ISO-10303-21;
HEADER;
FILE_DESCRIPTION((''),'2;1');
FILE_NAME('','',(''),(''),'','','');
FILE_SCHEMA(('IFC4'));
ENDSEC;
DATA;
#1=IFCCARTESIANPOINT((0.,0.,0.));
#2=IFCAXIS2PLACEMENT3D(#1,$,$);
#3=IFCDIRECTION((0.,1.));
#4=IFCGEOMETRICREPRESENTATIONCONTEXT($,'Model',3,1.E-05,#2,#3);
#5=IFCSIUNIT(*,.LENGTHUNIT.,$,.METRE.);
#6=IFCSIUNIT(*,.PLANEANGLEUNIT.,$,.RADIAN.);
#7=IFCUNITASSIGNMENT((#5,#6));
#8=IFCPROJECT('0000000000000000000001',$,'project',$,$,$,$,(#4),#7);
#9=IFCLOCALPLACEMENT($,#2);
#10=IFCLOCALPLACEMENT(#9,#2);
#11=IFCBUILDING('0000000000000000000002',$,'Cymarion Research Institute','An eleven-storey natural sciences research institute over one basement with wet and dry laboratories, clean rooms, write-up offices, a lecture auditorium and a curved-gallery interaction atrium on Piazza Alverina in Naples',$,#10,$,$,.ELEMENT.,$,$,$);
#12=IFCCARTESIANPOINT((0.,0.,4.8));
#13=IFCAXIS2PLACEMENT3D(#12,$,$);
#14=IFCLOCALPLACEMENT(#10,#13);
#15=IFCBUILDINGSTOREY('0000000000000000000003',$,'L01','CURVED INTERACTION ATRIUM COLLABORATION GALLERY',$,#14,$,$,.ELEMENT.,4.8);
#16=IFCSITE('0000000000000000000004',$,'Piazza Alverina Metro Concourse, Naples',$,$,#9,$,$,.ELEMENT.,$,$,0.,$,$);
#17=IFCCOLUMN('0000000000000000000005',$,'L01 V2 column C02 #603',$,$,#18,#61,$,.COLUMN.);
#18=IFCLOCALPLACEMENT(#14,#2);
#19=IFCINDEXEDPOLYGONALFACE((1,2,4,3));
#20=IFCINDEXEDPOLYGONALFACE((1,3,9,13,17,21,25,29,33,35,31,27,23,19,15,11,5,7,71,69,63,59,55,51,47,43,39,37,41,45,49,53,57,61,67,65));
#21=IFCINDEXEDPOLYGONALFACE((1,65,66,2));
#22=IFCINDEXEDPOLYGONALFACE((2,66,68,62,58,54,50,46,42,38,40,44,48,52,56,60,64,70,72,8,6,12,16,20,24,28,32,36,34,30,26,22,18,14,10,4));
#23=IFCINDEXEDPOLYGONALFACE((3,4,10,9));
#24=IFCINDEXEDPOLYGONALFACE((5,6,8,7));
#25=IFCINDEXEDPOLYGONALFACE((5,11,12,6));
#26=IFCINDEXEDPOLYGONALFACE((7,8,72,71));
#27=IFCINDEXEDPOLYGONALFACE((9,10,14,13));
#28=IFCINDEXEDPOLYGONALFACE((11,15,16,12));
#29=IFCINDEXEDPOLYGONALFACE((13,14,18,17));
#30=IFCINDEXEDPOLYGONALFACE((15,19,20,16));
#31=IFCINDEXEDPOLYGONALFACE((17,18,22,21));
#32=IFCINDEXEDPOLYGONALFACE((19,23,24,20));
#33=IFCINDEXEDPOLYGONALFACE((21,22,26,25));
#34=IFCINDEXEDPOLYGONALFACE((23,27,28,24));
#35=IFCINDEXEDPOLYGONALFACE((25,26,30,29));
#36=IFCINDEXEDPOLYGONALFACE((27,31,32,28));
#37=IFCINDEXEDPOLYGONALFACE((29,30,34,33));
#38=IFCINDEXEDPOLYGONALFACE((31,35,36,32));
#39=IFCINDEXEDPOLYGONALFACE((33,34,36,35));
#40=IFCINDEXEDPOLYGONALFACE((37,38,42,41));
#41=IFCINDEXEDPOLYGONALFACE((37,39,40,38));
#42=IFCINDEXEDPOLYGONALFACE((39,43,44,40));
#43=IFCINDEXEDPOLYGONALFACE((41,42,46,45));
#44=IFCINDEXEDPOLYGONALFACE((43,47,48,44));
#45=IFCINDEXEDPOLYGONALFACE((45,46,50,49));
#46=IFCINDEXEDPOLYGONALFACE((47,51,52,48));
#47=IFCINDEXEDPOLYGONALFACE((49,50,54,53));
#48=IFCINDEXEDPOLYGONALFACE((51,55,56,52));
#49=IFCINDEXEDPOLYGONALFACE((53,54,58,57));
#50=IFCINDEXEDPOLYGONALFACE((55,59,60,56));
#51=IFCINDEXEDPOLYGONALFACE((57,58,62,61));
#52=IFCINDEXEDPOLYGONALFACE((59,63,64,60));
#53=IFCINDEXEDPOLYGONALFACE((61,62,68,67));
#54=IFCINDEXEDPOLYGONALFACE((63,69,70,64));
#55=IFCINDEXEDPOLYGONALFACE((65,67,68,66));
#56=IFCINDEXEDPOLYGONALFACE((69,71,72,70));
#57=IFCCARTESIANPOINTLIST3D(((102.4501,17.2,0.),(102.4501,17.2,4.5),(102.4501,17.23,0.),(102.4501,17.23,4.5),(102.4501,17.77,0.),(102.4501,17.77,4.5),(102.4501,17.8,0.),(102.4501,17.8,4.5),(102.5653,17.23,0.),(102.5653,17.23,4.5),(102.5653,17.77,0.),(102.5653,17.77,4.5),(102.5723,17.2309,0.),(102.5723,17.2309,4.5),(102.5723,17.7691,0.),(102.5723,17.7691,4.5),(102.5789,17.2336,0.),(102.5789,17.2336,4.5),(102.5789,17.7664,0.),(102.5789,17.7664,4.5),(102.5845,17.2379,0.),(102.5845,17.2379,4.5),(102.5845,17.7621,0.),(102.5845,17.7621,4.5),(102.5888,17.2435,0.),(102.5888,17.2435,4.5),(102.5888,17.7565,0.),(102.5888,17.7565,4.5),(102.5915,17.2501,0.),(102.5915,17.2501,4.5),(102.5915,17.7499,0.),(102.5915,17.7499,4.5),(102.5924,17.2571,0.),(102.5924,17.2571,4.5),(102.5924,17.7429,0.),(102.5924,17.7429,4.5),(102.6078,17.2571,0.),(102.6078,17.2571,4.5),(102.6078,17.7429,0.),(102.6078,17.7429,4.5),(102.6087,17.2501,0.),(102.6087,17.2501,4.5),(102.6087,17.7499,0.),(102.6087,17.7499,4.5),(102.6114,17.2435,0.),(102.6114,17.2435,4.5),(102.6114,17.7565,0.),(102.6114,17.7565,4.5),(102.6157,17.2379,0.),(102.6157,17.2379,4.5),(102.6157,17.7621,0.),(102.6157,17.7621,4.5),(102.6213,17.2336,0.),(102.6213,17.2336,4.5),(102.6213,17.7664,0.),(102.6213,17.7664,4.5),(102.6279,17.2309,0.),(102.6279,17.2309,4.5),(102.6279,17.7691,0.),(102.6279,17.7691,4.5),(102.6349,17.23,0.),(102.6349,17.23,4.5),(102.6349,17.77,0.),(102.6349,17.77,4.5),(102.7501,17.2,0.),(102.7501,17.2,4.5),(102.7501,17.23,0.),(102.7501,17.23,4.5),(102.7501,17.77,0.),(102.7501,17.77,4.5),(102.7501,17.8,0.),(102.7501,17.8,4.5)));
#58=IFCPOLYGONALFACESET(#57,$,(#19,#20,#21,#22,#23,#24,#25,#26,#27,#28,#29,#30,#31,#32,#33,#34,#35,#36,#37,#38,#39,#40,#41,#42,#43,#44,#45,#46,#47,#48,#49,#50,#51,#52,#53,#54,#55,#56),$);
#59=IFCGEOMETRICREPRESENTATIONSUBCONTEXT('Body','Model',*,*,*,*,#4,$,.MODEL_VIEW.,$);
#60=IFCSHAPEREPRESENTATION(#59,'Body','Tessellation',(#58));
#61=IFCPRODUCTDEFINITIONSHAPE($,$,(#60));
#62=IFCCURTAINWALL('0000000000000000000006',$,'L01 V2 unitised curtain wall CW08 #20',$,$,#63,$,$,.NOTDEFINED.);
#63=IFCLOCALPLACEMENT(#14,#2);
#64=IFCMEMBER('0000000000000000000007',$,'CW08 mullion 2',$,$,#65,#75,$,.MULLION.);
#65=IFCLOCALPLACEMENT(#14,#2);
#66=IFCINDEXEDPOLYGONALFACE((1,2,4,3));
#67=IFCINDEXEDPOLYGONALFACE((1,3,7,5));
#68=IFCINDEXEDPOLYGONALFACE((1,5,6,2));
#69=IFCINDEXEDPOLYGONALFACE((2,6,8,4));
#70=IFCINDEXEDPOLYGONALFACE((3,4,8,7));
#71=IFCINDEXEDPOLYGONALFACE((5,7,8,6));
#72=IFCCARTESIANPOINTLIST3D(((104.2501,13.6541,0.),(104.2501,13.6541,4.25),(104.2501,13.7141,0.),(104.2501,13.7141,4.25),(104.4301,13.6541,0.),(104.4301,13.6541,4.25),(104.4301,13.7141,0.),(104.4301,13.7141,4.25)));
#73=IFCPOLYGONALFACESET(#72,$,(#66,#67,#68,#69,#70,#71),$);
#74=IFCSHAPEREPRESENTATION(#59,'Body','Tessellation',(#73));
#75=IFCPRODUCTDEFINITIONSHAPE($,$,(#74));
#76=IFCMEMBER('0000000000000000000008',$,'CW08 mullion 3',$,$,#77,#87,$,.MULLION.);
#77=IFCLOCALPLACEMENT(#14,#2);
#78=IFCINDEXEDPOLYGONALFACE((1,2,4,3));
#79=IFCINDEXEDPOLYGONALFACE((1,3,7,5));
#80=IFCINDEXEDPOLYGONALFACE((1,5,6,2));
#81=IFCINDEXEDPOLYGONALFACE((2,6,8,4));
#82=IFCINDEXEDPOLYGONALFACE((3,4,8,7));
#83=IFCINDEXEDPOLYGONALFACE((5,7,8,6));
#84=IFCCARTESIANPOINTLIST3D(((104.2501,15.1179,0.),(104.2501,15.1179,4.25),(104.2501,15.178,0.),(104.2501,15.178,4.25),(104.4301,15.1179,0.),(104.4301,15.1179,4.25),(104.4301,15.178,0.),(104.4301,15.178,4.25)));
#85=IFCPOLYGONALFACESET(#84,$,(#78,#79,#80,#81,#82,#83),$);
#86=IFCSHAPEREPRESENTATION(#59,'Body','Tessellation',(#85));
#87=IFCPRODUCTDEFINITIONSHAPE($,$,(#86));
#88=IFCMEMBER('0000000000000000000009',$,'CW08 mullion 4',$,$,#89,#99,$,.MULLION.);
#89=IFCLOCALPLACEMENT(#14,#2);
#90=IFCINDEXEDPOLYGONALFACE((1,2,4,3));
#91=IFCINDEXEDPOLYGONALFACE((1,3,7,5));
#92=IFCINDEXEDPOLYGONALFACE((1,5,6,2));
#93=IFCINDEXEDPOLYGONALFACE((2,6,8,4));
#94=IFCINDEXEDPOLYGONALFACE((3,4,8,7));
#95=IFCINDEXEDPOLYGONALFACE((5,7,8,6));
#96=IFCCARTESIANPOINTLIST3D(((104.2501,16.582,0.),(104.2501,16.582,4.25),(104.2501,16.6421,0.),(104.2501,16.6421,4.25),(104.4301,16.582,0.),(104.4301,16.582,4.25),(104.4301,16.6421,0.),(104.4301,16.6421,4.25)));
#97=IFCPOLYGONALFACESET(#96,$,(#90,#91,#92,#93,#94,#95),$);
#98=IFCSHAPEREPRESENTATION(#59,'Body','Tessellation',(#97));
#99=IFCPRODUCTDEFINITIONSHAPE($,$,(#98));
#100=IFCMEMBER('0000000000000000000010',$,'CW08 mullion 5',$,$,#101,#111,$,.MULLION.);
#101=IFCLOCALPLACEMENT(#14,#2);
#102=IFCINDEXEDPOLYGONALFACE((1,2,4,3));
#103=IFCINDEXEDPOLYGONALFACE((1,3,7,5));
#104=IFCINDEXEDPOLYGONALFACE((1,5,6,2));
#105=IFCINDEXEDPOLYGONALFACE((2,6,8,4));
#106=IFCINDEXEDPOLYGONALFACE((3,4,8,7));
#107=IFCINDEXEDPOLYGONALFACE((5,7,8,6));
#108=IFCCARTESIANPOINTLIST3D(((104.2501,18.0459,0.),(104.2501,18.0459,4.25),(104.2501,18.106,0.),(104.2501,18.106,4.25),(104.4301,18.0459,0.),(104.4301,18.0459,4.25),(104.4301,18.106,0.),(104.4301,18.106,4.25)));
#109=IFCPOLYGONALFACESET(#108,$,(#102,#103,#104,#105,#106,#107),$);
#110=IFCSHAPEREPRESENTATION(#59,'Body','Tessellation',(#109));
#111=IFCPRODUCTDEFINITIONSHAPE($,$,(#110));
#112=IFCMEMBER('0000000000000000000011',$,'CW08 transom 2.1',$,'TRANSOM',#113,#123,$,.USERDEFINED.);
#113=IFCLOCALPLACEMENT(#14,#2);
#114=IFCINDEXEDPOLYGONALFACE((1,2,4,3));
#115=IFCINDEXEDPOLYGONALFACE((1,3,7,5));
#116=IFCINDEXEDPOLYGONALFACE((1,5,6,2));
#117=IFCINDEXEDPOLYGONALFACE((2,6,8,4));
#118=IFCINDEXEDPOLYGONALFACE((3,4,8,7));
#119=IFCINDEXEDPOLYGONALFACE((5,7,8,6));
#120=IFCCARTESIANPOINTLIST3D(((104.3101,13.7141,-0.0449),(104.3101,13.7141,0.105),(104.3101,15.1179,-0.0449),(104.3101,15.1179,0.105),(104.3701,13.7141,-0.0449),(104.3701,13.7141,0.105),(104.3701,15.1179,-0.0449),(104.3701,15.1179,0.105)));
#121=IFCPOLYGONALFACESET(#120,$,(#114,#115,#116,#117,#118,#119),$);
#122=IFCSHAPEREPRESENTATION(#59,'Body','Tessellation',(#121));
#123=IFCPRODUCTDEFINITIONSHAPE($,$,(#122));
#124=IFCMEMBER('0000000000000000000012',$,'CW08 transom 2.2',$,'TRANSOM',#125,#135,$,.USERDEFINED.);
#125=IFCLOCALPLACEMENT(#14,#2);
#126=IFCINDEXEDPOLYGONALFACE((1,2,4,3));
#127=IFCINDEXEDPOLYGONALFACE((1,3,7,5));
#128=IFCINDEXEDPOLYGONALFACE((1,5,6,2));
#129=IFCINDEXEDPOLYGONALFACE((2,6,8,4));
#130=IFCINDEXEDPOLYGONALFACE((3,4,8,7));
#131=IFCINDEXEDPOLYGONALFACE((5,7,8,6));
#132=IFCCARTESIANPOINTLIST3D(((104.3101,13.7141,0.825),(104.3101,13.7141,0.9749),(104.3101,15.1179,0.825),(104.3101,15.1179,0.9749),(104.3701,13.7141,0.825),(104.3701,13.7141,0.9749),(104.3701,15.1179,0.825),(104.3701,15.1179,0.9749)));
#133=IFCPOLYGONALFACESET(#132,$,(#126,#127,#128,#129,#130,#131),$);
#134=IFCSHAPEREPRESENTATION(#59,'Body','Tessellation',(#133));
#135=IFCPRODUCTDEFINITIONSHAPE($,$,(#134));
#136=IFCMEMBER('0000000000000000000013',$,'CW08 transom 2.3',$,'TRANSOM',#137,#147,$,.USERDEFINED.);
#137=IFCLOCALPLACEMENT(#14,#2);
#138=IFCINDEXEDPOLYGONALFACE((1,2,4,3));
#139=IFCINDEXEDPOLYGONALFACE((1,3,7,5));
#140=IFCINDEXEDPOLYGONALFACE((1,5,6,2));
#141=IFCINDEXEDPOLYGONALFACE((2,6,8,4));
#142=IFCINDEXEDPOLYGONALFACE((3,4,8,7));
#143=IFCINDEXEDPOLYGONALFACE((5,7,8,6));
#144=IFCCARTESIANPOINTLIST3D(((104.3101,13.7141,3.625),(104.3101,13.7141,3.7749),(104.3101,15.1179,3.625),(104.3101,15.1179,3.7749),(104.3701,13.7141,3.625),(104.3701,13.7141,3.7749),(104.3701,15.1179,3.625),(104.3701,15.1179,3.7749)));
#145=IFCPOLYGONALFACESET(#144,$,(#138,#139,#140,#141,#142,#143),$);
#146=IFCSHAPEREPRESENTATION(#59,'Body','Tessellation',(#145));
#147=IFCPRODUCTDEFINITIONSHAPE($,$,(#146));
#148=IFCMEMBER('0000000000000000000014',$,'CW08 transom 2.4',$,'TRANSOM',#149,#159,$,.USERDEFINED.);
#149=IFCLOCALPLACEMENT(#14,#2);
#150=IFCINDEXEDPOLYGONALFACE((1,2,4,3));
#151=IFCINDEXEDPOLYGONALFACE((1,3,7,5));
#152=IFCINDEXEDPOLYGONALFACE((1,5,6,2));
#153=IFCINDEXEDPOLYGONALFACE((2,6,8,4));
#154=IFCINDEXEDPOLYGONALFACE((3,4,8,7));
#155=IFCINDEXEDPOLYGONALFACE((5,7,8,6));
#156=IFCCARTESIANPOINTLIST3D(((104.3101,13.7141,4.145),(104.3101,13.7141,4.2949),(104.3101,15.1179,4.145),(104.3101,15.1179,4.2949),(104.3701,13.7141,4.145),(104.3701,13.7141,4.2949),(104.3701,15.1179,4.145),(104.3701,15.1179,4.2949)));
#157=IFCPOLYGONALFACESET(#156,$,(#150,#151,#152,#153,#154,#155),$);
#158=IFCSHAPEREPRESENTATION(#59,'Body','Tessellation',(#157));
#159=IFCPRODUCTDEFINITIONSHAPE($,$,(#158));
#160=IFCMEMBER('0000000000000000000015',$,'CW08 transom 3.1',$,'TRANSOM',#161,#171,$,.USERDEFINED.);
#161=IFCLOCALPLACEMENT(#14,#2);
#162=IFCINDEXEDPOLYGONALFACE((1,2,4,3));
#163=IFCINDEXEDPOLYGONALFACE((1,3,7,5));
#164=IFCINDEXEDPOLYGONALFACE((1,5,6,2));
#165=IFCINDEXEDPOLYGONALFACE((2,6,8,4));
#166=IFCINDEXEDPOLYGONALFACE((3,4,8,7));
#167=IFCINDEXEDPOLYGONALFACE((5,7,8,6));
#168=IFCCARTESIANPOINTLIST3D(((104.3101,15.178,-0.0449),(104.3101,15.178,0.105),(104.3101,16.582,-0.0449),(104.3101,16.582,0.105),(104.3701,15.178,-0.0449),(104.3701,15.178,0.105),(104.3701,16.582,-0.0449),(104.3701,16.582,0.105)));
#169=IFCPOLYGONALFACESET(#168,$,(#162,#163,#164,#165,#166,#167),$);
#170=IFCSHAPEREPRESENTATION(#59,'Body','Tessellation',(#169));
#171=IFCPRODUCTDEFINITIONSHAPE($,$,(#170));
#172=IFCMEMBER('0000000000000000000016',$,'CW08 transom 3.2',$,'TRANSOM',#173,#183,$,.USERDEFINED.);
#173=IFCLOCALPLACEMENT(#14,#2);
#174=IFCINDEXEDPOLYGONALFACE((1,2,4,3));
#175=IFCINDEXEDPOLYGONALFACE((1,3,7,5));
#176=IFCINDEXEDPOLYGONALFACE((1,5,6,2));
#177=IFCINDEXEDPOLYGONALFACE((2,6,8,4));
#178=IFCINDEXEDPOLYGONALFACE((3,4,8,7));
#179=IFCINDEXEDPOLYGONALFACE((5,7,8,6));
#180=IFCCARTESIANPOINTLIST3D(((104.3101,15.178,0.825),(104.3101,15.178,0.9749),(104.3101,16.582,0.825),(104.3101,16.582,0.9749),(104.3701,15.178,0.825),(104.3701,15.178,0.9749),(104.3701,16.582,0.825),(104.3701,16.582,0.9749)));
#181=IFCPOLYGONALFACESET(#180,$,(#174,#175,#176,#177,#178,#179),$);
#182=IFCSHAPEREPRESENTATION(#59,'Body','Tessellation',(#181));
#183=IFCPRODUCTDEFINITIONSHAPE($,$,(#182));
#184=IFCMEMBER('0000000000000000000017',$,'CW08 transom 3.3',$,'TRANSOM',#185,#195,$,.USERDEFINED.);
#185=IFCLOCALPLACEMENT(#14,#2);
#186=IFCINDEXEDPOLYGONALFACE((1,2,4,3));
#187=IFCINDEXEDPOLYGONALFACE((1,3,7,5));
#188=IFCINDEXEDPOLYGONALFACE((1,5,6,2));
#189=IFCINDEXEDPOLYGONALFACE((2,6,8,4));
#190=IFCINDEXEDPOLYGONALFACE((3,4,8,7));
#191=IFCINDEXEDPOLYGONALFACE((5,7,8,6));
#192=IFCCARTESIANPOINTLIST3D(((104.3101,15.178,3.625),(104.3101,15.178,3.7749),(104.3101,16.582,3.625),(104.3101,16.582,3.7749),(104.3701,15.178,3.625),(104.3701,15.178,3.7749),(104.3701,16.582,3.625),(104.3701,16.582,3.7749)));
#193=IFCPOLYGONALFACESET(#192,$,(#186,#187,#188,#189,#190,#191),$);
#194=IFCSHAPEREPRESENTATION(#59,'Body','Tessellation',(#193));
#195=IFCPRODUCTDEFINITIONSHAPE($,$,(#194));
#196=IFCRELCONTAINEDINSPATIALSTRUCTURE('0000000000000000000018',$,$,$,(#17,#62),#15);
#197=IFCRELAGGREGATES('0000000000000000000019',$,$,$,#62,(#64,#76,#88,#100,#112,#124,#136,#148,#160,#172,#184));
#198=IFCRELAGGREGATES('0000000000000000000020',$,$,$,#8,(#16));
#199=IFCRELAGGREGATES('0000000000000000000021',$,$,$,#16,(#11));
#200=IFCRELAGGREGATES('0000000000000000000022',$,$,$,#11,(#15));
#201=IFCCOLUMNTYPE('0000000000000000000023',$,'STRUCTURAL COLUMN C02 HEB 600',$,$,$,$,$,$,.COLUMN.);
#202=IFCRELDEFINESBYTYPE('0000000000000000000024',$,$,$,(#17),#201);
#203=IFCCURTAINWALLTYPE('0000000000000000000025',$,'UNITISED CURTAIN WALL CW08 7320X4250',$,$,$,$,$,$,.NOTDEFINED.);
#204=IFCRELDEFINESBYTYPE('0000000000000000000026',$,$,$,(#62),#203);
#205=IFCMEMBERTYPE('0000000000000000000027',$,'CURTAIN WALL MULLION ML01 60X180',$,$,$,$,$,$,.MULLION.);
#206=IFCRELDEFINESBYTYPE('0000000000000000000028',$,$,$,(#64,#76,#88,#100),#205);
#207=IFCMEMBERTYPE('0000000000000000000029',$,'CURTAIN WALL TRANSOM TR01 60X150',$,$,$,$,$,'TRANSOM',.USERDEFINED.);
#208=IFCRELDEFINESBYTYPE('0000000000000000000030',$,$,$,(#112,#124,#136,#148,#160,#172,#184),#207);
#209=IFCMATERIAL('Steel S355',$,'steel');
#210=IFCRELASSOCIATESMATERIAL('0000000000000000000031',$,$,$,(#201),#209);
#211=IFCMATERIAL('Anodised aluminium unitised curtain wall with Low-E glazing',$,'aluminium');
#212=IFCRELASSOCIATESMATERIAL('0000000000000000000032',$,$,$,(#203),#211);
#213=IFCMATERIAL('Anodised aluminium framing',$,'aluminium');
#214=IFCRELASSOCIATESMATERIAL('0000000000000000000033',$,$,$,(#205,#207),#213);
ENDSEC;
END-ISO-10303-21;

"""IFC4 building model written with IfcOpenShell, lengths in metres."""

from ifc_helpers import new_model, si_unit, direction, frame, origin, origin_2d, place, context, subcontext, project, spatial, rectangle, i_section, extrude, material, material_profile, profile_set, type_object, element, aggregate, save


model = new_model("IFC4")

# Units and contexts
model_context = context("Model", 3, precision=1e-05, world=origin(), true_north=direction((0.0, 1.0)))
body_context = subcontext(model_context, "Body", "Model", "MODEL_VIEW")
ifc_project = project(units=[si_unit("LENGTHUNIT", "METRE"), si_unit("PLANEANGLEUNIT", "RADIAN")], contexts=[model_context])

# Site, building, storey
site_placement = place(None, origin())
site = spatial("IfcSite", under=ifc_project, at=site_placement, Name="Piazza Alverina Metro Concourse, Naples", CompositionType="ELEMENT", RefElevation=0.0)
building_placement = place(site_placement, origin())
building = spatial("IfcBuilding", under=site, at=building_placement, Name="Cymarion Research Institute", Description="An eleven-storey natural sciences research institute over one basement with wet and dry laboratories, clean rooms, write-up offices, a lecture auditorium and a curved-gallery interaction atrium on Piazza Alverina in Naples", CompositionType="ELEMENT")
storey_placement = place(building_placement, frame((0.0, 0.0, 4.8)))
storey = spatial("IfcBuildingStorey", under=building, at=storey_placement, Name="L01", Description="CURVED INTERACTION ATRIUM COLLABORATION GALLERY", CompositionType="ELEMENT", Elevation=4.8)

# Column
ifc_material_1 = material(Name="Steel S355", Category="steel")
ifc_material_profile_1 = material_profile(ifc_material_1, i_section(OverallWidth=0.3, OverallDepth=0.6001, WebThickness=0.0154, FlangeThickness=0.03, FilletRadius=0.0271, at=origin_2d()), Name="HEB 600")
ifc_profile_set_1 = profile_set([ifc_material_profile_1], Name="Steel S355")
column_type = type_object("IfcColumnType", Name="STRUCTURAL COLUMN C02 HEB 600", PredefinedType="COLUMN", material=ifc_profile_set_1)
column_placement = place(storey_placement, frame((102.6001, 17.5, 0.0), z_axis=(0.0, 0.0, 1.0), x_axis=(1.0, 0.0, 0.0)))
element("IfcColumn", 1, at=column_placement, inside=storey, type_object=column_type, Name="L01 V2 column C02 #603", PredefinedType="COLUMN", context=body_context, shape_type="SweptSolid", body=[
    extrude(i_section(OverallWidth=0.3, OverallDepth=0.6001, WebThickness=0.0154, FlangeThickness=0.03, FilletRadius=0.0271, at=origin_2d()), origin(), (0.0, 0.0, 1.0), 4.5),
])

# Curtain wall, members
ifc_material_2 = material(Name="Anodised aluminium unitised curtain wall with Low-E glazing", Category="aluminium")
curtain_wall_type = type_object("IfcCurtainWallType", Name="UNITISED CURTAIN WALL CW08 7320X4250", PredefinedType="NOTDEFINED", material=ifc_material_2)
curtain_wall_placement = place(storey_placement, origin())
curtain_wall = element("IfcCurtainWall", 2, at=curtain_wall_placement, inside=storey, type_object=curtain_wall_type, Name="L01 V2 unitised curtain wall CW08 #20", PredefinedType="NOTDEFINED")
ifc_material_3 = material(Name="Anodised aluminium framing", Category="aluminium")
ifc_material_profile_2 = material_profile(ifc_material_3, rectangle(XDim=0.0601, YDim=0.1799, at=origin_2d()), Name="ALU MULLION 60x180")
ifc_profile_set_2 = profile_set([ifc_material_profile_2], Name="Anodised aluminium framing")
member_type_1 = type_object("IfcMemberType", Name="CURTAIN WALL MULLION ML01 60X180", PredefinedType="MULLION", material=ifc_profile_set_2)
member_1_placement = place(storey_placement, frame((104.3401, 13.6841, 0.0), z_axis=(0.0, 0.0, 1.0), x_axis=(0.0, 1.0, 0.0)))
member_1 = element("IfcMember", 3, at=member_1_placement, type_object=member_type_1, Name="CW08 mullion 2", PredefinedType="MULLION", context=body_context, shape_type="SweptSolid", body=[
    extrude(rectangle(XDim=0.0601, YDim=0.1799, at=origin_2d()), origin(), (0.0, 0.0, 1.0), 4.25),
])
member_2_placement = place(storey_placement, frame((104.3401, 15.1479, 0.0), z_axis=(0.0, 0.0, 1.0), x_axis=(0.0, 1.0, 0.0)))
member_2 = element("IfcMember", 4, at=member_2_placement, type_object=member_type_1, Name="CW08 mullion 3", PredefinedType="MULLION", context=body_context, shape_type="SweptSolid", body=[
    extrude(rectangle(XDim=0.0601, YDim=0.1799, at=origin_2d()), origin(), (0.0, 0.0, 1.0), 4.25),
])
member_3_placement = place(storey_placement, frame((104.3401, 16.6121, 0.0), z_axis=(0.0, 0.0, 1.0), x_axis=(0.0, 1.0, 0.0)))
member_3 = element("IfcMember", 5, at=member_3_placement, type_object=member_type_1, Name="CW08 mullion 4", PredefinedType="MULLION", context=body_context, shape_type="SweptSolid", body=[
    extrude(rectangle(XDim=0.0601, YDim=0.1799, at=origin_2d()), origin(), (0.0, 0.0, 1.0), 4.25),
])
member_4_placement = place(storey_placement, frame((104.3401, 18.0759, 0.0), z_axis=(0.0, 0.0, 1.0), x_axis=(0.0, 1.0, 0.0)))
member_4 = element("IfcMember", 6, at=member_4_placement, type_object=member_type_1, Name="CW08 mullion 5", PredefinedType="MULLION", context=body_context, shape_type="SweptSolid", body=[
    extrude(rectangle(XDim=0.0601, YDim=0.1799, at=origin_2d()), origin(), (0.0, 0.0, 1.0), 4.25),
])
ifc_material_profile_3 = material_profile(ifc_material_3, rectangle(XDim=0.0601, YDim=0.1499, at=origin_2d()), Name="ALU TRANSOM 60x150")
ifc_profile_set_3 = profile_set([ifc_material_profile_3], Name="Anodised aluminium framing")
member_type_2 = type_object("IfcMemberType", Name="CURTAIN WALL TRANSOM TR01 60X150", ElementType="TRANSOM", PredefinedType="USERDEFINED", material=ifc_profile_set_3)
member_5_placement = place(storey_placement, frame((104.3401, 13.7141, 0.03), z_axis=(0.0, 1.0, 0.0), x_axis=(-1.0, 0.0, 0.0)))
member_5 = element("IfcMember", 7, at=member_5_placement, type_object=member_type_2, Name="CW08 transom 2.1", ObjectType="TRANSOM", PredefinedType="USERDEFINED", context=body_context, shape_type="SweptSolid", body=[
    extrude(rectangle(XDim=0.0601, YDim=0.1499, at=origin_2d()), origin(), (0.0, 0.0, 1.0), 1.4038),
])
member_6_placement = place(storey_placement, frame((104.3401, 13.7141, 0.8999), z_axis=(0.0, 1.0, 0.0), x_axis=(-1.0, 0.0, 0.0)))
member_6 = element("IfcMember", 8, at=member_6_placement, type_object=member_type_2, Name="CW08 transom 2.2", ObjectType="TRANSOM", PredefinedType="USERDEFINED", context=body_context, shape_type="SweptSolid", body=[
    extrude(rectangle(XDim=0.0601, YDim=0.1499, at=origin_2d()), origin(), (0.0, 0.0, 1.0), 1.4038),
])
member_7_placement = place(storey_placement, frame((104.3401, 13.7141, 3.7), z_axis=(0.0, 1.0, 0.0), x_axis=(-1.0, 0.0, 0.0)))
member_7 = element("IfcMember", 9, at=member_7_placement, type_object=member_type_2, Name="CW08 transom 2.3", ObjectType="TRANSOM", PredefinedType="USERDEFINED", context=body_context, shape_type="SweptSolid", body=[
    extrude(rectangle(XDim=0.0601, YDim=0.1499, at=origin_2d()), origin(), (0.0, 0.0, 1.0), 1.4038),
])
member_8_placement = place(storey_placement, frame((104.3401, 13.7141, 4.22), z_axis=(0.0, 1.0, 0.0), x_axis=(-1.0, 0.0, 0.0)))
member_8 = element("IfcMember", 10, at=member_8_placement, type_object=member_type_2, Name="CW08 transom 2.4", ObjectType="TRANSOM", PredefinedType="USERDEFINED", context=body_context, shape_type="SweptSolid", body=[
    extrude(rectangle(XDim=0.0601, YDim=0.1499, at=origin_2d()), origin(), (0.0, 0.0, 1.0), 1.4038),
])
member_9_placement = place(storey_placement, frame((104.3401, 15.178, 0.03), z_axis=(0.0, 1.0, 0.0), x_axis=(-1.0, 0.0, 0.0)))
member_9 = element("IfcMember", 11, at=member_9_placement, type_object=member_type_2, Name="CW08 transom 3.1", ObjectType="TRANSOM", PredefinedType="USERDEFINED", context=body_context, shape_type="SweptSolid", body=[
    extrude(rectangle(XDim=0.0601, YDim=0.1499, at=origin_2d()), origin(), (0.0, 0.0, 1.0), 1.4041),
])
member_10_placement = place(storey_placement, frame((104.3401, 15.178, 0.8999), z_axis=(0.0, 1.0, 0.0), x_axis=(-1.0, 0.0, 0.0)))
member_10 = element("IfcMember", 12, at=member_10_placement, type_object=member_type_2, Name="CW08 transom 3.2", ObjectType="TRANSOM", PredefinedType="USERDEFINED", context=body_context, shape_type="SweptSolid", body=[
    extrude(rectangle(XDim=0.0601, YDim=0.1499, at=origin_2d()), origin(), (0.0, 0.0, 1.0), 1.4041),
])
member_11_placement = place(storey_placement, frame((104.3401, 15.178, 3.7), z_axis=(0.0, 1.0, 0.0), x_axis=(-1.0, 0.0, 0.0)))
member_11 = element("IfcMember", 13, at=member_11_placement, type_object=member_type_2, Name="CW08 transom 3.3", ObjectType="TRANSOM", PredefinedType="USERDEFINED", context=body_context, shape_type="SweptSolid", body=[
    extrude(rectangle(XDim=0.0601, YDim=0.1499, at=origin_2d()), origin(), (0.0, 0.0, 1.0), 1.4041),
])

aggregate(curtain_wall, [member_1, member_2, member_3, member_4, member_5, member_6, member_7, member_8, member_9, member_10, member_11])

save(model, "model.ifc")
